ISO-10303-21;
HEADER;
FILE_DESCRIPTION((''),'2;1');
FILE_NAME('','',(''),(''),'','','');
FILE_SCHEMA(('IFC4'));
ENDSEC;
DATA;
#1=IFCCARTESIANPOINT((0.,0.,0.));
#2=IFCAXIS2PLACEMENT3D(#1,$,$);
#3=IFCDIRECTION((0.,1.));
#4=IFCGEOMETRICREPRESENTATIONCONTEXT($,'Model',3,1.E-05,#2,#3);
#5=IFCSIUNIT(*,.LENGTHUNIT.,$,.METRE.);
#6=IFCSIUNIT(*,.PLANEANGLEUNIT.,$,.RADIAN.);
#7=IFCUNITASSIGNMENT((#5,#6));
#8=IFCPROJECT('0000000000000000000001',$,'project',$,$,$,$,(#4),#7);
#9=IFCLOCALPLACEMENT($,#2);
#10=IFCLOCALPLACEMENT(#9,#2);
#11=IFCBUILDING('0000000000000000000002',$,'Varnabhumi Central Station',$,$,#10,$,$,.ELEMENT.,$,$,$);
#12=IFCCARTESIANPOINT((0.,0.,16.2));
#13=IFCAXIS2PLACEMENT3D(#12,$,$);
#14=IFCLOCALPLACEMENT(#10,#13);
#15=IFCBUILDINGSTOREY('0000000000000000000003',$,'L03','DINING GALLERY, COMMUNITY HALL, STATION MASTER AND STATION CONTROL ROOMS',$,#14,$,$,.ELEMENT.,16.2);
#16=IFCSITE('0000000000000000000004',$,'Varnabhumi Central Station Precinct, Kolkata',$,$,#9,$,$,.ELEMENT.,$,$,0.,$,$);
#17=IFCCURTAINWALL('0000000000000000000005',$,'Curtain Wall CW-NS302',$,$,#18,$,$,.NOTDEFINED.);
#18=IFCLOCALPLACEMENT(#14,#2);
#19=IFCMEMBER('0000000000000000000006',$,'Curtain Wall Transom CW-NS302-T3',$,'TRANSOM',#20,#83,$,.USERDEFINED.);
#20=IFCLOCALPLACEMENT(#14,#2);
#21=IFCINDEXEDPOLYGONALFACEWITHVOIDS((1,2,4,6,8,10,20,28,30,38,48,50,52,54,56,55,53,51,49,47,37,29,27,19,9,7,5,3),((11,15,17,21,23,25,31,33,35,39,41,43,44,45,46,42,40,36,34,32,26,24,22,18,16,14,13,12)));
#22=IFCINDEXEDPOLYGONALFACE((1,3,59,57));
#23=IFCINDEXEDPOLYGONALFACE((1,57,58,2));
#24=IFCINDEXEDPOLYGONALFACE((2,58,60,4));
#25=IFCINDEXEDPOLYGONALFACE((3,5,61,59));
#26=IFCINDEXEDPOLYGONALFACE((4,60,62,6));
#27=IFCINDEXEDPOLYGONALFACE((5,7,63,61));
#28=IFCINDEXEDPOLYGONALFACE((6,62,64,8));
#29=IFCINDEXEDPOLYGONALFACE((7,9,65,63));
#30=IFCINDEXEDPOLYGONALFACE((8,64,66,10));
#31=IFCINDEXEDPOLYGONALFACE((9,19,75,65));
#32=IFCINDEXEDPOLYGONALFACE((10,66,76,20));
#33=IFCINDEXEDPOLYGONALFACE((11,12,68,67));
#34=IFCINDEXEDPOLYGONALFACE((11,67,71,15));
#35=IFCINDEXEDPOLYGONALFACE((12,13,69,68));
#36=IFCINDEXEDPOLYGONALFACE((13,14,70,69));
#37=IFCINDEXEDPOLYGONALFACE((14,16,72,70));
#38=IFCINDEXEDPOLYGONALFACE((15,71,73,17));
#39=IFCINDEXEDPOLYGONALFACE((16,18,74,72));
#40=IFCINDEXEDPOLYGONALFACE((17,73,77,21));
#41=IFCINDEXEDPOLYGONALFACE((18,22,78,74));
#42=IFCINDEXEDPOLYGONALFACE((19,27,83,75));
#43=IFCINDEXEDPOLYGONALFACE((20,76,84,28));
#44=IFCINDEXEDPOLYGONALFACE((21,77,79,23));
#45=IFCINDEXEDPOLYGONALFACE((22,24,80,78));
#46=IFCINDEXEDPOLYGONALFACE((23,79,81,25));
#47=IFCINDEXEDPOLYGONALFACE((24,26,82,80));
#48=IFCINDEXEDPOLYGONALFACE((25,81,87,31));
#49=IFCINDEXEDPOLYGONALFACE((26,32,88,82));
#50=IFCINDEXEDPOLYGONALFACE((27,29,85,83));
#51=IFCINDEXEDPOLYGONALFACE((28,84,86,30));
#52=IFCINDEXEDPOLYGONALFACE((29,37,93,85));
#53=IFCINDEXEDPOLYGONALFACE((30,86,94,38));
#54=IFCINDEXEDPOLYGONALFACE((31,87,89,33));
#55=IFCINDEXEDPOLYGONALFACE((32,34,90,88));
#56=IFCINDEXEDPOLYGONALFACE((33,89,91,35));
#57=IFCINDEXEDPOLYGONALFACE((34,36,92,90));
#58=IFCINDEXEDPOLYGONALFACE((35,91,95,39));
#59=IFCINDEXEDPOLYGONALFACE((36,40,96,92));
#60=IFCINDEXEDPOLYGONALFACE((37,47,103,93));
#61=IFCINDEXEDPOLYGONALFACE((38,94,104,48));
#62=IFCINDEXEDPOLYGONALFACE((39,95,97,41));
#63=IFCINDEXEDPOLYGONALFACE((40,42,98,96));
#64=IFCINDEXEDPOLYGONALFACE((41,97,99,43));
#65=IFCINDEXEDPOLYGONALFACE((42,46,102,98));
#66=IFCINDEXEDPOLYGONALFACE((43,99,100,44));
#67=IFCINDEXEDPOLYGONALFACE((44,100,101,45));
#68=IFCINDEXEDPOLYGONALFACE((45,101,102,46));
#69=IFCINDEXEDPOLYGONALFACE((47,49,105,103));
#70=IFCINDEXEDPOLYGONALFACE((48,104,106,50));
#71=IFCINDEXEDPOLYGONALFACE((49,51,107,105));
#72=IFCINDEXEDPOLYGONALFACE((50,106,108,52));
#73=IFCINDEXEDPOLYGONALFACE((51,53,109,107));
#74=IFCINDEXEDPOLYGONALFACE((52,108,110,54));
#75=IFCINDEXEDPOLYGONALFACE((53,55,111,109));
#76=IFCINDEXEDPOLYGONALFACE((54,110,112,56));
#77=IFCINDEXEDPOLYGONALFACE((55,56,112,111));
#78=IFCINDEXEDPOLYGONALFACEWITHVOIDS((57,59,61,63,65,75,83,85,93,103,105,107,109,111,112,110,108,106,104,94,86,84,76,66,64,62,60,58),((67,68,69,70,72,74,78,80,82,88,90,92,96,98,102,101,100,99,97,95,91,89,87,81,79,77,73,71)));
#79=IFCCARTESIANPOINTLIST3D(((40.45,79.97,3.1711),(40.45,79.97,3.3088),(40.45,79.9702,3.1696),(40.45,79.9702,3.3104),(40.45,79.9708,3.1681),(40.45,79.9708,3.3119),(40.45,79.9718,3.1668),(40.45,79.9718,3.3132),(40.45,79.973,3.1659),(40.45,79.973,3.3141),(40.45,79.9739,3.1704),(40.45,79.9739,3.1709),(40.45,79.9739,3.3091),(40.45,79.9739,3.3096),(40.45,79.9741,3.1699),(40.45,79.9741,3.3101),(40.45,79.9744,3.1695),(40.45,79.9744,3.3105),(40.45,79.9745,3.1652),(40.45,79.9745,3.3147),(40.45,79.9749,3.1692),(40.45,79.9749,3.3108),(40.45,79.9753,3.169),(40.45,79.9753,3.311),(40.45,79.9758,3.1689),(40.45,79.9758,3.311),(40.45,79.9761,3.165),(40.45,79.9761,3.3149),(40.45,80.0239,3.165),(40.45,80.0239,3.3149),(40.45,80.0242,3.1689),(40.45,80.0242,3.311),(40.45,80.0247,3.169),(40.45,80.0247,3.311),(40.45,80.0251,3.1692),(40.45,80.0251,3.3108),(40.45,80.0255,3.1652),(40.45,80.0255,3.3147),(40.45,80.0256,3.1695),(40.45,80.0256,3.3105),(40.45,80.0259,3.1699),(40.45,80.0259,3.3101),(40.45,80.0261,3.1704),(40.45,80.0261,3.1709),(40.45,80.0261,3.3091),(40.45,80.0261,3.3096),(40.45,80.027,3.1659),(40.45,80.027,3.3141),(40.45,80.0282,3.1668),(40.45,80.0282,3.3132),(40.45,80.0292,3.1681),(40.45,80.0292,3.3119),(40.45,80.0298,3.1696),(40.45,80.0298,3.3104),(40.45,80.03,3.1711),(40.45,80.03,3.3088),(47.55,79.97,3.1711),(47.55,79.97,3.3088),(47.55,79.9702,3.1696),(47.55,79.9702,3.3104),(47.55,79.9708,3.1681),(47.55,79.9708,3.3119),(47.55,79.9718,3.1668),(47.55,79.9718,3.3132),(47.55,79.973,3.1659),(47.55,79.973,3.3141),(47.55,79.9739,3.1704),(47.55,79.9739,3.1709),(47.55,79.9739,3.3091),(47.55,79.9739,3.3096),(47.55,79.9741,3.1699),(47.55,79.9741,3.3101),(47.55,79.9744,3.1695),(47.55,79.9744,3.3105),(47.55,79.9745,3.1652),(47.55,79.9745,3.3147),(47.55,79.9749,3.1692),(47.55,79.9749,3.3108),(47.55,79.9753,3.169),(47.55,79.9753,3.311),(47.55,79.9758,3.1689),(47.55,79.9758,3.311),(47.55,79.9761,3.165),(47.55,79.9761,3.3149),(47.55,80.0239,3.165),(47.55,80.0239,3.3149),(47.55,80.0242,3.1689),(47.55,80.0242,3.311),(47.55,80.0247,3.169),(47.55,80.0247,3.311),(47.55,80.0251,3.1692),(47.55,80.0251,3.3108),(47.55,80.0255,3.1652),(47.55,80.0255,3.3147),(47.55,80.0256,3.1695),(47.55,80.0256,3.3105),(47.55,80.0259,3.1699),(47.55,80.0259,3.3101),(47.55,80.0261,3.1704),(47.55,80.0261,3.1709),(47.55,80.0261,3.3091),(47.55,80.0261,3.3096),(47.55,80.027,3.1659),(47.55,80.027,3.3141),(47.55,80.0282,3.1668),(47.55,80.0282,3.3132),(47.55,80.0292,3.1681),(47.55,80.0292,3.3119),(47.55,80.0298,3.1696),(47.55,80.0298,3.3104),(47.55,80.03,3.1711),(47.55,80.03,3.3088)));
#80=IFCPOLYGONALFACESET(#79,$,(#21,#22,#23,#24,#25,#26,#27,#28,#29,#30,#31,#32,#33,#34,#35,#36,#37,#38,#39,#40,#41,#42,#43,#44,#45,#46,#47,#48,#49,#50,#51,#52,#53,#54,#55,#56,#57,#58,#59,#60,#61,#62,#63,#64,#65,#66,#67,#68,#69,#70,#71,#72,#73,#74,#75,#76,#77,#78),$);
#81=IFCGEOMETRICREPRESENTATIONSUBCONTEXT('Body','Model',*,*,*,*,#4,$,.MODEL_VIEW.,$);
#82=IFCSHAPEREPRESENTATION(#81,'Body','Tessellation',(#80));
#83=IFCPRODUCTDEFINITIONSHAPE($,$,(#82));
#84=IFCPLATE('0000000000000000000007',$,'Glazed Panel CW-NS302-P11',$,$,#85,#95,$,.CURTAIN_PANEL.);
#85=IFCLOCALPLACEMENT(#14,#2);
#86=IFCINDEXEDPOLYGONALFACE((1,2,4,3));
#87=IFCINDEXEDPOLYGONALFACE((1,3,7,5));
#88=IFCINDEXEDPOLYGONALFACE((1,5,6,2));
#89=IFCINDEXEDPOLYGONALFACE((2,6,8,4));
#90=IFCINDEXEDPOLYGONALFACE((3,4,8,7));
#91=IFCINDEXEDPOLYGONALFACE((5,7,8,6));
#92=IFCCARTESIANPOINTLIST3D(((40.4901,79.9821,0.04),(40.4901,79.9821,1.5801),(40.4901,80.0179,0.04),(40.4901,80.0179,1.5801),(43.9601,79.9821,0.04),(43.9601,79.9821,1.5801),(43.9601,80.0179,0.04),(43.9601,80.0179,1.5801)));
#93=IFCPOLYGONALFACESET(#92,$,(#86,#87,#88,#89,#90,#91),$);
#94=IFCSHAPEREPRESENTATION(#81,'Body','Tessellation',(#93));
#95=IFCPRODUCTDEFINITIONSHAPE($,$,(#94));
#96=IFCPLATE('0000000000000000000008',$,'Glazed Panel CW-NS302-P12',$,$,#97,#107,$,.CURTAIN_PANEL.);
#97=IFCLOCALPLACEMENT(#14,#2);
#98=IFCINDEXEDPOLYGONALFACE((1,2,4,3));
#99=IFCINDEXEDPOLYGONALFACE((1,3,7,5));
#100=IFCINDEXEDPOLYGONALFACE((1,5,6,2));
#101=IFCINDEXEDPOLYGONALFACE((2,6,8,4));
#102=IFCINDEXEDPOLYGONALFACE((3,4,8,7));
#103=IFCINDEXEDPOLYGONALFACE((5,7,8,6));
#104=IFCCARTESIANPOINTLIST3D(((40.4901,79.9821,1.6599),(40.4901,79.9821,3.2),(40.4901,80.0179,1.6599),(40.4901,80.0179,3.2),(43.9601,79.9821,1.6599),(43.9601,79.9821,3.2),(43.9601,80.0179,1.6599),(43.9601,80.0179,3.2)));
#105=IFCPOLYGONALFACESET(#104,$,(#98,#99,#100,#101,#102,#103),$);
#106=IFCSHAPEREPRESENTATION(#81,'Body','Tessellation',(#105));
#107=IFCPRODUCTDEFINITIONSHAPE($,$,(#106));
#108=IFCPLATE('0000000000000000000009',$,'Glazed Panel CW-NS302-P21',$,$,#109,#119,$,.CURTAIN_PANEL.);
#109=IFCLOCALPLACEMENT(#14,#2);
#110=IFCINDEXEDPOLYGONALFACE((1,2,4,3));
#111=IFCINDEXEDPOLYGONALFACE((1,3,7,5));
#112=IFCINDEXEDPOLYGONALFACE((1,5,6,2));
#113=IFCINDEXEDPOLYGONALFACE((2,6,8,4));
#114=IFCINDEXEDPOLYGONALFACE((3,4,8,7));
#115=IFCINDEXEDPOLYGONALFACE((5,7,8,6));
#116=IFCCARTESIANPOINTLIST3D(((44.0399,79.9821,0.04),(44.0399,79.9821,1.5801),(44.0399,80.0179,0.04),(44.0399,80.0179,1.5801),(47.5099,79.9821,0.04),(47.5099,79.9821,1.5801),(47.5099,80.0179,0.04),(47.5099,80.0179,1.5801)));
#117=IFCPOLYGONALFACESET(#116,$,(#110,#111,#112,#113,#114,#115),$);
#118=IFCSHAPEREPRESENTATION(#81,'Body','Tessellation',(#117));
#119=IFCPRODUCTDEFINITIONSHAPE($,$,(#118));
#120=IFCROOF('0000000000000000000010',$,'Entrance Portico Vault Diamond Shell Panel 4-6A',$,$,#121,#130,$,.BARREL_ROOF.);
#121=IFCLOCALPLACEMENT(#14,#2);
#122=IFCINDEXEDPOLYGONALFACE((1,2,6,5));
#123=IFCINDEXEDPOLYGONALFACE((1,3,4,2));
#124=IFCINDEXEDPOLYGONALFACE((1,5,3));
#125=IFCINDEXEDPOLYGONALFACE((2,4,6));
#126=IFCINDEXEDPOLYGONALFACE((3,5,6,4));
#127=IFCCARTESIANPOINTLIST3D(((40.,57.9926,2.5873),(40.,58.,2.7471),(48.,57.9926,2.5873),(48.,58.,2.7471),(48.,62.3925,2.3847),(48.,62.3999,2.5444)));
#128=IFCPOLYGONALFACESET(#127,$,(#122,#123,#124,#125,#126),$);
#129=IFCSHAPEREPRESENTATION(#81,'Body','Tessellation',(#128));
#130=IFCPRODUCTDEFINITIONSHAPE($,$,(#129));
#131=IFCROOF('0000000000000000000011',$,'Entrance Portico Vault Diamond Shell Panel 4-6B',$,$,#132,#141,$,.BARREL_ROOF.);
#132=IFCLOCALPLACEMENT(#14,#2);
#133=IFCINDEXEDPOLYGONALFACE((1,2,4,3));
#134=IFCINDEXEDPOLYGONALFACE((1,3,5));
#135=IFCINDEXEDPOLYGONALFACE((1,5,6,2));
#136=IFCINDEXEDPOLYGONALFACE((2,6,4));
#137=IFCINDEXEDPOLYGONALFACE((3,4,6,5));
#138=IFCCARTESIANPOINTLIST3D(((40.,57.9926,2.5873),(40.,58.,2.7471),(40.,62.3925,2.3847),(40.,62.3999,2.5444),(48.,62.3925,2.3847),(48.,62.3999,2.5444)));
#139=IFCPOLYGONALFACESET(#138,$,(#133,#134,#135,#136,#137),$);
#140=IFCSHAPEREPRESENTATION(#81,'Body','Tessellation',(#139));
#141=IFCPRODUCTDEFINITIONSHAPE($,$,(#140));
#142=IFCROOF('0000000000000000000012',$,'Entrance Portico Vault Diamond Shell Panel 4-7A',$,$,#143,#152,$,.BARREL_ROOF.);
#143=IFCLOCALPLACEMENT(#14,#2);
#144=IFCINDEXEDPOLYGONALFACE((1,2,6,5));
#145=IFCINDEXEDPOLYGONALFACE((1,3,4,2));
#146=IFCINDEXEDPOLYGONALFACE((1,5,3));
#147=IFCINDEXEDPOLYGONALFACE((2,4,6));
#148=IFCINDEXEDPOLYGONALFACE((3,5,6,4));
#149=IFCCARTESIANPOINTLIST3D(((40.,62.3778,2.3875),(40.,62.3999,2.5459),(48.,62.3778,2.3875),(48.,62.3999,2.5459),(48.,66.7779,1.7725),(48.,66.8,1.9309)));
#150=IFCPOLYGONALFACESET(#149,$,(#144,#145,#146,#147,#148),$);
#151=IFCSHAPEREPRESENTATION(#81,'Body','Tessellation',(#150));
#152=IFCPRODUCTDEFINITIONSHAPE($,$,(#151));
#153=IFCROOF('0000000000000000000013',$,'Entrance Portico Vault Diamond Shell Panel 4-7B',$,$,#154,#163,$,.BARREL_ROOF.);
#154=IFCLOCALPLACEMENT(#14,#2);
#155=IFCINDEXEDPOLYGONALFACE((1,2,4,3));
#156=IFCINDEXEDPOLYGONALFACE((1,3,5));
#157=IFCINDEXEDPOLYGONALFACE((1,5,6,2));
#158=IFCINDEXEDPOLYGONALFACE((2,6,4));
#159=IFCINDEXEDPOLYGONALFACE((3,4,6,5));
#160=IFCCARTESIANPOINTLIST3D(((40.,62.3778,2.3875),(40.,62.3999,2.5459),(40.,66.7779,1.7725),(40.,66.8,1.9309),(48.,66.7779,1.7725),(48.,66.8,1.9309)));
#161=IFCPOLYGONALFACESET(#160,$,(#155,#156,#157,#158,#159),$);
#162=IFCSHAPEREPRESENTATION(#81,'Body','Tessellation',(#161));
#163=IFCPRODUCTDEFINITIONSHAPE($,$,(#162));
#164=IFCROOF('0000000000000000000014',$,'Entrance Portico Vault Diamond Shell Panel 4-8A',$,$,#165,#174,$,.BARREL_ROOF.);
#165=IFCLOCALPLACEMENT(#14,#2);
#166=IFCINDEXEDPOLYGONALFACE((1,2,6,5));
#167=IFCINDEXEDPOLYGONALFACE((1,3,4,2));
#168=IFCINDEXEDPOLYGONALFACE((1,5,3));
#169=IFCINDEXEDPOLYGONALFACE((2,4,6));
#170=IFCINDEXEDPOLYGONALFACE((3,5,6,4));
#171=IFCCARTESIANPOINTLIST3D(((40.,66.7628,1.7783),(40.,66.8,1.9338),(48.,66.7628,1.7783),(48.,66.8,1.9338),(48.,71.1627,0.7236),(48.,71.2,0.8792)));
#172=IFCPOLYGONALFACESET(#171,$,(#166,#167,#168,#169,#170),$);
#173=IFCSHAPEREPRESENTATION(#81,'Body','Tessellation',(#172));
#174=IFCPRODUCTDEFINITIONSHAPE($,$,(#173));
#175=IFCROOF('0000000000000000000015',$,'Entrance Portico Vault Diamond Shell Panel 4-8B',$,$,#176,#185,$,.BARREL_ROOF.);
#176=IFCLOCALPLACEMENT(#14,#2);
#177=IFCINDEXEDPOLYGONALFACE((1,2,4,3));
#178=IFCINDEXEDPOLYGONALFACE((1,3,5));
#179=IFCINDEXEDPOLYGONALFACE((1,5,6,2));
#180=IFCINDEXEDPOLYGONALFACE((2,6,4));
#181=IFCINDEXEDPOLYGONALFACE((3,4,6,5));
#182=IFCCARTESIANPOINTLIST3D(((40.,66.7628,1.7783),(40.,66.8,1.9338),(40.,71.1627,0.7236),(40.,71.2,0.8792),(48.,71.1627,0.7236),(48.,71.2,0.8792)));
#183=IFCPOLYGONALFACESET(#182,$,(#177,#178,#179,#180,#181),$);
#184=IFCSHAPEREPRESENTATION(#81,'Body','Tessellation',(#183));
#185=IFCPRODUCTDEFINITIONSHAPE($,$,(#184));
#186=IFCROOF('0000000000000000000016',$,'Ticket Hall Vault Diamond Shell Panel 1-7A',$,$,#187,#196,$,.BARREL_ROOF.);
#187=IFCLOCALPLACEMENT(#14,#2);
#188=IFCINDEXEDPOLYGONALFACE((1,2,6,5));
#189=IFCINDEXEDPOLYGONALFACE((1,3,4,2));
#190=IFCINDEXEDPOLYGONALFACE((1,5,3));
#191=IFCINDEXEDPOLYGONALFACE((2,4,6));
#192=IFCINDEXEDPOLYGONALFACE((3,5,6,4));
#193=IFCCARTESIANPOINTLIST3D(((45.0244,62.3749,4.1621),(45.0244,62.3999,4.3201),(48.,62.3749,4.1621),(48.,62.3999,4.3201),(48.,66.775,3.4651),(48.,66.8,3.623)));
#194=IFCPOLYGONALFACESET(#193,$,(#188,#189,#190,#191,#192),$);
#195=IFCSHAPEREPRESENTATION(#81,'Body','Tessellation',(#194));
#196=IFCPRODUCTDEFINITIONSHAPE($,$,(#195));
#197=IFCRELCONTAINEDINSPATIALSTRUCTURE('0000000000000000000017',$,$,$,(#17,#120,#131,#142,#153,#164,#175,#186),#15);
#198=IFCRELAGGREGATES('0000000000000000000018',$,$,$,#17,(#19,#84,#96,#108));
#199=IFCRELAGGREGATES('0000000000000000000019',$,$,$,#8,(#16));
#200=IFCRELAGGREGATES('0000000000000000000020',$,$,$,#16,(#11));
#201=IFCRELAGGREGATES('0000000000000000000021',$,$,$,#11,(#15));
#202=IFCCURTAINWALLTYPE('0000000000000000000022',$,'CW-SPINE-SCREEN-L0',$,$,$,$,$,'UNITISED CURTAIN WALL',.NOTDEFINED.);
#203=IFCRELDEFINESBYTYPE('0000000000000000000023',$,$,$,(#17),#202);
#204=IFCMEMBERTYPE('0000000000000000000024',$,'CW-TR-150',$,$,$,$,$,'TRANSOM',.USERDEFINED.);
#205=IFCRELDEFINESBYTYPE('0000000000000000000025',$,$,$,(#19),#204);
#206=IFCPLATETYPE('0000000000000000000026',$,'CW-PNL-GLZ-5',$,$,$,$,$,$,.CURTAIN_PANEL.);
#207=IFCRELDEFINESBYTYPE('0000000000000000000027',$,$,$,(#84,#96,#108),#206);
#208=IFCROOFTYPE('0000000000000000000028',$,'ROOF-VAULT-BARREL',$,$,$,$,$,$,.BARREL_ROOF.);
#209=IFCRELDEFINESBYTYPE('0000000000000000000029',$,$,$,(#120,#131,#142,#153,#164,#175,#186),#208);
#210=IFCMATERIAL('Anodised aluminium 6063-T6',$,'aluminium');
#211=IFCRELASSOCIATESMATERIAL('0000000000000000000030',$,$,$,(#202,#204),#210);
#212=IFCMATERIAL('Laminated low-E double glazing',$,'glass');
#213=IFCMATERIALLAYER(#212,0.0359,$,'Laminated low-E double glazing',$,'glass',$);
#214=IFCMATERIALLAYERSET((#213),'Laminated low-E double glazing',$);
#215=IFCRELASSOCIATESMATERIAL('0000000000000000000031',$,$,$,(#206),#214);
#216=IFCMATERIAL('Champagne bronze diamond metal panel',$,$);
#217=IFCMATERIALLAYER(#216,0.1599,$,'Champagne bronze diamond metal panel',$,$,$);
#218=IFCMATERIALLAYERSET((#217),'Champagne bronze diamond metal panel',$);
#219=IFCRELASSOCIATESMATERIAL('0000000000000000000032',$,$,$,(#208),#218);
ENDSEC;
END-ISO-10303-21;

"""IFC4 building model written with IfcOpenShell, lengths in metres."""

from ifc_helpers import new_model, si_unit, direction, frame, origin, origin_2d, place, context, subcontext, project, spatial, polyline, rectangle, hollow_rectangle, outline, extrude, material, layer, layer_set, material_profile, profile_set, type_object, element, aggregate, save


model = new_model("IFC4")

# Units and contexts
model_context = context("Model", 3, precision=1e-05, world=origin(), true_north=direction((0.0, 1.0)))
body_context = subcontext(model_context, "Body", "Model", "MODEL_VIEW")
ifc_project = project(units=[si_unit("LENGTHUNIT", "METRE"), si_unit("PLANEANGLEUNIT", "RADIAN")], contexts=[model_context])

# Site, building, storey
site_placement = place(None, origin())
site = spatial("IfcSite", under=ifc_project, at=site_placement, Name="Varnabhumi Central Station Precinct, Kolkata", CompositionType="ELEMENT", RefElevation=0.0)
building_placement = place(site_placement, origin())
building = spatial("IfcBuilding", under=site, at=building_placement, Name="Varnabhumi Central Station", CompositionType="ELEMENT")
storey_placement = place(building_placement, frame((0.0, 0.0, 16.2)))
storey = spatial("IfcBuildingStorey", under=building, at=storey_placement, Name="L03", Description="DINING GALLERY, COMMUNITY HALL, STATION MASTER AND STATION CONTROL ROOMS", CompositionType="ELEMENT", Elevation=16.2)

# Curtain wall, member, plates
ifc_material_1 = material(Name="Anodised aluminium 6063-T6", Category="aluminium")
curtain_wall_type = type_object("IfcCurtainWallType", Name="CW-SPINE-SCREEN-L0", ElementType="UNITISED CURTAIN WALL", PredefinedType="NOTDEFINED", material=ifc_material_1)
curtain_wall_placement = place(storey_placement, origin())
curtain_wall = element("IfcCurtainWall", 1, at=curtain_wall_placement, inside=storey, type_object=curtain_wall_type, Name="Curtain Wall CW-NS302", PredefinedType="NOTDEFINED")
ifc_material_profile_1 = material_profile(ifc_material_1, hollow_rectangle(XDim=0.0601, YDim=0.1499, WallThickness=0.0039, InnerFilletRadius=0.002, OuterFilletRadius=0.0061, at=origin_2d()), Name="Anodised aluminium 6063-T6", Category="aluminium")
ifc_profile_set_1 = profile_set([ifc_material_profile_1], Name="Anodised aluminium 6063-T6")
member_type_1 = type_object("IfcMemberType", Name="CW-TR-150", ElementType="TRANSOM", PredefinedType="USERDEFINED", material=ifc_profile_set_1)
member_1_placement = place(storey_placement, frame((40.45, 80.0, 3.24), z_axis=(1.0, 0.0, 0.0), x_axis=(0.0, 1.0, 0.0)))
member_1 = element("IfcMember", 2, at=member_1_placement, type_object=member_type_1, Name="Curtain Wall Transom CW-NS302-T3", ObjectType="TRANSOM", PredefinedType="USERDEFINED", context=body_context, shape_type="SweptSolid", body=[
    extrude(hollow_rectangle(XDim=0.0601, YDim=0.1499, WallThickness=0.0039, InnerFilletRadius=0.002, OuterFilletRadius=0.0061, at=origin_2d()), origin(), (0.0, 0.0, 1.0), 7.1001),
])
ifc_material_2 = material(Name="Laminated low-E double glazing", Category="glass")
ifc_layer_1 = layer(ifc_material_2, 0.0359, Name="Laminated low-E double glazing", Category="glass")
ifc_layer_set_1 = layer_set([ifc_layer_1], Name="Laminated low-E double glazing")
plate_type = type_object("IfcPlateType", Name="CW-PNL-GLZ-5", PredefinedType="CURTAIN_PANEL", material=ifc_layer_set_1)
plate_1_placement = place(storey_placement, frame((42.2251, 80.0, 0.04), z_axis=(0.0, 0.0, 1.0), x_axis=(1.0, 0.0, 0.0)))
plate_1 = element("IfcPlate", 3, at=plate_1_placement, type_object=plate_type, Name="Glazed Panel CW-NS302-P11", PredefinedType="CURTAIN_PANEL", context=body_context, shape_type="SweptSolid", body=[
    extrude(rectangle(XDim=3.47, YDim=0.0359, at=origin_2d()), origin(), (0.0, 0.0, 1.0), 1.54),
])
plate_2_placement = place(storey_placement, frame((42.2251, 80.0, 1.6599), z_axis=(0.0, 0.0, 1.0), x_axis=(1.0, 0.0, 0.0)))
plate_2 = element("IfcPlate", 4, at=plate_2_placement, type_object=plate_type, Name="Glazed Panel CW-NS302-P12", PredefinedType="CURTAIN_PANEL", context=body_context, shape_type="SweptSolid", body=[
    extrude(rectangle(XDim=3.47, YDim=0.0359, at=origin_2d()), origin(), (0.0, 0.0, 1.0), 1.54),
])
plate_3_placement = place(storey_placement, frame((45.7749, 80.0, 0.04), z_axis=(0.0, 0.0, 1.0), x_axis=(1.0, 0.0, 0.0)))
plate_3 = element("IfcPlate", 5, at=plate_3_placement, type_object=plate_type, Name="Glazed Panel CW-NS302-P21", PredefinedType="CURTAIN_PANEL", context=body_context, shape_type="SweptSolid", body=[
    extrude(rectangle(XDim=3.47, YDim=0.0359, at=origin_2d()), origin(), (0.0, 0.0, 1.0), 1.54),
])
aggregate(curtain_wall, [member_1, plate_1, plate_2, plate_3])

# Roofs
ifc_material_3 = material(Name="Champagne bronze diamond metal panel")
ifc_layer_2 = layer(ifc_material_3, 0.1599, Name="Champagne bronze diamond metal panel")
ifc_layer_set_2 = layer_set([ifc_layer_2], Name="Champagne bronze diamond metal panel")
roof_type = type_object("IfcRoofType", Name="ROOF-VAULT-BARREL", PredefinedType="BARREL_ROOF", material=ifc_layer_set_2)
roof_1_placement = place(storey_placement, frame((40.0, 58.0, 2.7471), z_axis=(0.0, 0.046006, 0.998941), x_axis=(1.0, 0.0, 0.0)))
element("IfcRoof", 6, at=roof_1_placement, inside=storey, type_object=roof_type, Name="Entrance Portico Vault Diamond Shell Panel 4-6A", PredefinedType="BARREL_ROOF", context=body_context, shape_type="SweptSolid", body=[
    extrude(outline(polyline([(0.0, 0.0), (8.0, 0.0), (8.0, 4.4046), (0.0, 0.0)])), origin(), (0.0, 0.0, -1.0), 0.1599),
])
roof_2_placement = place(storey_placement, frame((40.0, 58.0, 2.7471), z_axis=(0.0, 0.046006, 0.998941), x_axis=(0.876005, 0.481792, -0.022189)))
element("IfcRoof", 7, at=roof_2_placement, inside=storey, type_object=roof_type, Name="Entrance Portico Vault Diamond Shell Panel 4-6B", PredefinedType="BARREL_ROOF", context=body_context, shape_type="SweptSolid", body=[
    extrude(outline(polyline([(0.0, 0.0), (9.1324, 0.0), (2.1243, 3.8584), (0.0, 0.0)])), origin(), (0.0, 0.0, -1.0), 0.1599),
])
roof_3_placement = place(storey_placement, frame((40.0, 62.3999, 2.5459), z_axis=(0.0, 0.13842, 0.990374), x_axis=(1.0, 0.0, 0.0)))
element("IfcRoof", 8, at=roof_3_placement, inside=storey, type_object=roof_type, Name="Entrance Portico Vault Diamond Shell Panel 4-7A", PredefinedType="BARREL_ROOF", context=body_context, shape_type="SweptSolid", body=[
    extrude(outline(polyline([(0.0, 0.0), (8.0, 0.0), (8.0, 4.4429), (0.0, 0.0)])), origin(), (0.0, 0.0, -1.0), 0.1599),
])
roof_4_placement = place(storey_placement, frame((40.0, 62.3999, 2.5459), z_axis=(0.0, 0.13842, 0.990374), x_axis=(0.874228, 0.480842, -0.067205)))
element("IfcRoof", 9, at=roof_4_placement, inside=storey, type_object=roof_type, Name="Entrance Portico Vault Diamond Shell Panel 4-7B", PredefinedType="BARREL_ROOF", context=body_context, shape_type="SweptSolid", body=[
    extrude(outline(polyline([(0.0, 0.0), (9.1509, 0.0), (2.1571, 3.8841), (0.0, 0.0)])), origin(), (0.0, 0.0, -1.0), 0.1599),
])
roof_5_placement = place(storey_placement, frame((40.0, 66.8, 1.9338), z_axis=(0.0, 0.233104, 0.972452), x_axis=(1.0, 0.0, 0.0)))
element("IfcRoof", 10, at=roof_5_placement, inside=storey, type_object=roof_type, Name="Entrance Portico Vault Diamond Shell Panel 4-8A", PredefinedType="BARREL_ROOF", context=body_context, shape_type="SweptSolid", body=[
    extrude(outline(polyline([(0.0, 0.0), (8.0, 0.0), (8.0, 4.5245), (0.0, 0.0)])), origin(), (0.0, 0.0, -1.0), 0.1599),
])
roof_6_placement = place(storey_placement, frame((40.0, 66.8, 1.9338), z_axis=(0.0, 0.233104, 0.972452), x_axis=(0.870432, 0.478727, -0.114754)))
element("IfcRoof", 11, at=roof_6_placement, inside=storey, type_object=roof_type, Name="Entrance Portico Vault Diamond Shell Panel 4-8B", PredefinedType="BARREL_ROOF", context=body_context, shape_type="SweptSolid", body=[
    extrude(outline(polyline([(0.0, 0.0), (9.1908, 0.0), (2.2274, 3.9383), (0.0, 0.0)])), origin(), (0.0, 0.0, -1.0), 0.1599),
])
roof_7_placement = place(storey_placement, frame((45.0244, 62.3999, 4.3201), z_axis=(0.0, 0.156458, 0.987685), x_axis=(1.0, 0.0, 0.0)))
element("IfcRoof", 12, at=roof_7_placement, inside=storey, type_object=roof_type, Name="Ticket Hall Vault Diamond Shell Panel 1-7A", PredefinedType="BARREL_ROOF", context=body_context, shape_type="SweptSolid", body=[
    extrude(outline(polyline([(0.0, 0.0), (2.9756, 0.0), (2.9756, 4.455), (0.0, 0.0)])), origin(), (0.0, 0.0, -1.0), 0.1599),
])

save(model, "model.ifc")
